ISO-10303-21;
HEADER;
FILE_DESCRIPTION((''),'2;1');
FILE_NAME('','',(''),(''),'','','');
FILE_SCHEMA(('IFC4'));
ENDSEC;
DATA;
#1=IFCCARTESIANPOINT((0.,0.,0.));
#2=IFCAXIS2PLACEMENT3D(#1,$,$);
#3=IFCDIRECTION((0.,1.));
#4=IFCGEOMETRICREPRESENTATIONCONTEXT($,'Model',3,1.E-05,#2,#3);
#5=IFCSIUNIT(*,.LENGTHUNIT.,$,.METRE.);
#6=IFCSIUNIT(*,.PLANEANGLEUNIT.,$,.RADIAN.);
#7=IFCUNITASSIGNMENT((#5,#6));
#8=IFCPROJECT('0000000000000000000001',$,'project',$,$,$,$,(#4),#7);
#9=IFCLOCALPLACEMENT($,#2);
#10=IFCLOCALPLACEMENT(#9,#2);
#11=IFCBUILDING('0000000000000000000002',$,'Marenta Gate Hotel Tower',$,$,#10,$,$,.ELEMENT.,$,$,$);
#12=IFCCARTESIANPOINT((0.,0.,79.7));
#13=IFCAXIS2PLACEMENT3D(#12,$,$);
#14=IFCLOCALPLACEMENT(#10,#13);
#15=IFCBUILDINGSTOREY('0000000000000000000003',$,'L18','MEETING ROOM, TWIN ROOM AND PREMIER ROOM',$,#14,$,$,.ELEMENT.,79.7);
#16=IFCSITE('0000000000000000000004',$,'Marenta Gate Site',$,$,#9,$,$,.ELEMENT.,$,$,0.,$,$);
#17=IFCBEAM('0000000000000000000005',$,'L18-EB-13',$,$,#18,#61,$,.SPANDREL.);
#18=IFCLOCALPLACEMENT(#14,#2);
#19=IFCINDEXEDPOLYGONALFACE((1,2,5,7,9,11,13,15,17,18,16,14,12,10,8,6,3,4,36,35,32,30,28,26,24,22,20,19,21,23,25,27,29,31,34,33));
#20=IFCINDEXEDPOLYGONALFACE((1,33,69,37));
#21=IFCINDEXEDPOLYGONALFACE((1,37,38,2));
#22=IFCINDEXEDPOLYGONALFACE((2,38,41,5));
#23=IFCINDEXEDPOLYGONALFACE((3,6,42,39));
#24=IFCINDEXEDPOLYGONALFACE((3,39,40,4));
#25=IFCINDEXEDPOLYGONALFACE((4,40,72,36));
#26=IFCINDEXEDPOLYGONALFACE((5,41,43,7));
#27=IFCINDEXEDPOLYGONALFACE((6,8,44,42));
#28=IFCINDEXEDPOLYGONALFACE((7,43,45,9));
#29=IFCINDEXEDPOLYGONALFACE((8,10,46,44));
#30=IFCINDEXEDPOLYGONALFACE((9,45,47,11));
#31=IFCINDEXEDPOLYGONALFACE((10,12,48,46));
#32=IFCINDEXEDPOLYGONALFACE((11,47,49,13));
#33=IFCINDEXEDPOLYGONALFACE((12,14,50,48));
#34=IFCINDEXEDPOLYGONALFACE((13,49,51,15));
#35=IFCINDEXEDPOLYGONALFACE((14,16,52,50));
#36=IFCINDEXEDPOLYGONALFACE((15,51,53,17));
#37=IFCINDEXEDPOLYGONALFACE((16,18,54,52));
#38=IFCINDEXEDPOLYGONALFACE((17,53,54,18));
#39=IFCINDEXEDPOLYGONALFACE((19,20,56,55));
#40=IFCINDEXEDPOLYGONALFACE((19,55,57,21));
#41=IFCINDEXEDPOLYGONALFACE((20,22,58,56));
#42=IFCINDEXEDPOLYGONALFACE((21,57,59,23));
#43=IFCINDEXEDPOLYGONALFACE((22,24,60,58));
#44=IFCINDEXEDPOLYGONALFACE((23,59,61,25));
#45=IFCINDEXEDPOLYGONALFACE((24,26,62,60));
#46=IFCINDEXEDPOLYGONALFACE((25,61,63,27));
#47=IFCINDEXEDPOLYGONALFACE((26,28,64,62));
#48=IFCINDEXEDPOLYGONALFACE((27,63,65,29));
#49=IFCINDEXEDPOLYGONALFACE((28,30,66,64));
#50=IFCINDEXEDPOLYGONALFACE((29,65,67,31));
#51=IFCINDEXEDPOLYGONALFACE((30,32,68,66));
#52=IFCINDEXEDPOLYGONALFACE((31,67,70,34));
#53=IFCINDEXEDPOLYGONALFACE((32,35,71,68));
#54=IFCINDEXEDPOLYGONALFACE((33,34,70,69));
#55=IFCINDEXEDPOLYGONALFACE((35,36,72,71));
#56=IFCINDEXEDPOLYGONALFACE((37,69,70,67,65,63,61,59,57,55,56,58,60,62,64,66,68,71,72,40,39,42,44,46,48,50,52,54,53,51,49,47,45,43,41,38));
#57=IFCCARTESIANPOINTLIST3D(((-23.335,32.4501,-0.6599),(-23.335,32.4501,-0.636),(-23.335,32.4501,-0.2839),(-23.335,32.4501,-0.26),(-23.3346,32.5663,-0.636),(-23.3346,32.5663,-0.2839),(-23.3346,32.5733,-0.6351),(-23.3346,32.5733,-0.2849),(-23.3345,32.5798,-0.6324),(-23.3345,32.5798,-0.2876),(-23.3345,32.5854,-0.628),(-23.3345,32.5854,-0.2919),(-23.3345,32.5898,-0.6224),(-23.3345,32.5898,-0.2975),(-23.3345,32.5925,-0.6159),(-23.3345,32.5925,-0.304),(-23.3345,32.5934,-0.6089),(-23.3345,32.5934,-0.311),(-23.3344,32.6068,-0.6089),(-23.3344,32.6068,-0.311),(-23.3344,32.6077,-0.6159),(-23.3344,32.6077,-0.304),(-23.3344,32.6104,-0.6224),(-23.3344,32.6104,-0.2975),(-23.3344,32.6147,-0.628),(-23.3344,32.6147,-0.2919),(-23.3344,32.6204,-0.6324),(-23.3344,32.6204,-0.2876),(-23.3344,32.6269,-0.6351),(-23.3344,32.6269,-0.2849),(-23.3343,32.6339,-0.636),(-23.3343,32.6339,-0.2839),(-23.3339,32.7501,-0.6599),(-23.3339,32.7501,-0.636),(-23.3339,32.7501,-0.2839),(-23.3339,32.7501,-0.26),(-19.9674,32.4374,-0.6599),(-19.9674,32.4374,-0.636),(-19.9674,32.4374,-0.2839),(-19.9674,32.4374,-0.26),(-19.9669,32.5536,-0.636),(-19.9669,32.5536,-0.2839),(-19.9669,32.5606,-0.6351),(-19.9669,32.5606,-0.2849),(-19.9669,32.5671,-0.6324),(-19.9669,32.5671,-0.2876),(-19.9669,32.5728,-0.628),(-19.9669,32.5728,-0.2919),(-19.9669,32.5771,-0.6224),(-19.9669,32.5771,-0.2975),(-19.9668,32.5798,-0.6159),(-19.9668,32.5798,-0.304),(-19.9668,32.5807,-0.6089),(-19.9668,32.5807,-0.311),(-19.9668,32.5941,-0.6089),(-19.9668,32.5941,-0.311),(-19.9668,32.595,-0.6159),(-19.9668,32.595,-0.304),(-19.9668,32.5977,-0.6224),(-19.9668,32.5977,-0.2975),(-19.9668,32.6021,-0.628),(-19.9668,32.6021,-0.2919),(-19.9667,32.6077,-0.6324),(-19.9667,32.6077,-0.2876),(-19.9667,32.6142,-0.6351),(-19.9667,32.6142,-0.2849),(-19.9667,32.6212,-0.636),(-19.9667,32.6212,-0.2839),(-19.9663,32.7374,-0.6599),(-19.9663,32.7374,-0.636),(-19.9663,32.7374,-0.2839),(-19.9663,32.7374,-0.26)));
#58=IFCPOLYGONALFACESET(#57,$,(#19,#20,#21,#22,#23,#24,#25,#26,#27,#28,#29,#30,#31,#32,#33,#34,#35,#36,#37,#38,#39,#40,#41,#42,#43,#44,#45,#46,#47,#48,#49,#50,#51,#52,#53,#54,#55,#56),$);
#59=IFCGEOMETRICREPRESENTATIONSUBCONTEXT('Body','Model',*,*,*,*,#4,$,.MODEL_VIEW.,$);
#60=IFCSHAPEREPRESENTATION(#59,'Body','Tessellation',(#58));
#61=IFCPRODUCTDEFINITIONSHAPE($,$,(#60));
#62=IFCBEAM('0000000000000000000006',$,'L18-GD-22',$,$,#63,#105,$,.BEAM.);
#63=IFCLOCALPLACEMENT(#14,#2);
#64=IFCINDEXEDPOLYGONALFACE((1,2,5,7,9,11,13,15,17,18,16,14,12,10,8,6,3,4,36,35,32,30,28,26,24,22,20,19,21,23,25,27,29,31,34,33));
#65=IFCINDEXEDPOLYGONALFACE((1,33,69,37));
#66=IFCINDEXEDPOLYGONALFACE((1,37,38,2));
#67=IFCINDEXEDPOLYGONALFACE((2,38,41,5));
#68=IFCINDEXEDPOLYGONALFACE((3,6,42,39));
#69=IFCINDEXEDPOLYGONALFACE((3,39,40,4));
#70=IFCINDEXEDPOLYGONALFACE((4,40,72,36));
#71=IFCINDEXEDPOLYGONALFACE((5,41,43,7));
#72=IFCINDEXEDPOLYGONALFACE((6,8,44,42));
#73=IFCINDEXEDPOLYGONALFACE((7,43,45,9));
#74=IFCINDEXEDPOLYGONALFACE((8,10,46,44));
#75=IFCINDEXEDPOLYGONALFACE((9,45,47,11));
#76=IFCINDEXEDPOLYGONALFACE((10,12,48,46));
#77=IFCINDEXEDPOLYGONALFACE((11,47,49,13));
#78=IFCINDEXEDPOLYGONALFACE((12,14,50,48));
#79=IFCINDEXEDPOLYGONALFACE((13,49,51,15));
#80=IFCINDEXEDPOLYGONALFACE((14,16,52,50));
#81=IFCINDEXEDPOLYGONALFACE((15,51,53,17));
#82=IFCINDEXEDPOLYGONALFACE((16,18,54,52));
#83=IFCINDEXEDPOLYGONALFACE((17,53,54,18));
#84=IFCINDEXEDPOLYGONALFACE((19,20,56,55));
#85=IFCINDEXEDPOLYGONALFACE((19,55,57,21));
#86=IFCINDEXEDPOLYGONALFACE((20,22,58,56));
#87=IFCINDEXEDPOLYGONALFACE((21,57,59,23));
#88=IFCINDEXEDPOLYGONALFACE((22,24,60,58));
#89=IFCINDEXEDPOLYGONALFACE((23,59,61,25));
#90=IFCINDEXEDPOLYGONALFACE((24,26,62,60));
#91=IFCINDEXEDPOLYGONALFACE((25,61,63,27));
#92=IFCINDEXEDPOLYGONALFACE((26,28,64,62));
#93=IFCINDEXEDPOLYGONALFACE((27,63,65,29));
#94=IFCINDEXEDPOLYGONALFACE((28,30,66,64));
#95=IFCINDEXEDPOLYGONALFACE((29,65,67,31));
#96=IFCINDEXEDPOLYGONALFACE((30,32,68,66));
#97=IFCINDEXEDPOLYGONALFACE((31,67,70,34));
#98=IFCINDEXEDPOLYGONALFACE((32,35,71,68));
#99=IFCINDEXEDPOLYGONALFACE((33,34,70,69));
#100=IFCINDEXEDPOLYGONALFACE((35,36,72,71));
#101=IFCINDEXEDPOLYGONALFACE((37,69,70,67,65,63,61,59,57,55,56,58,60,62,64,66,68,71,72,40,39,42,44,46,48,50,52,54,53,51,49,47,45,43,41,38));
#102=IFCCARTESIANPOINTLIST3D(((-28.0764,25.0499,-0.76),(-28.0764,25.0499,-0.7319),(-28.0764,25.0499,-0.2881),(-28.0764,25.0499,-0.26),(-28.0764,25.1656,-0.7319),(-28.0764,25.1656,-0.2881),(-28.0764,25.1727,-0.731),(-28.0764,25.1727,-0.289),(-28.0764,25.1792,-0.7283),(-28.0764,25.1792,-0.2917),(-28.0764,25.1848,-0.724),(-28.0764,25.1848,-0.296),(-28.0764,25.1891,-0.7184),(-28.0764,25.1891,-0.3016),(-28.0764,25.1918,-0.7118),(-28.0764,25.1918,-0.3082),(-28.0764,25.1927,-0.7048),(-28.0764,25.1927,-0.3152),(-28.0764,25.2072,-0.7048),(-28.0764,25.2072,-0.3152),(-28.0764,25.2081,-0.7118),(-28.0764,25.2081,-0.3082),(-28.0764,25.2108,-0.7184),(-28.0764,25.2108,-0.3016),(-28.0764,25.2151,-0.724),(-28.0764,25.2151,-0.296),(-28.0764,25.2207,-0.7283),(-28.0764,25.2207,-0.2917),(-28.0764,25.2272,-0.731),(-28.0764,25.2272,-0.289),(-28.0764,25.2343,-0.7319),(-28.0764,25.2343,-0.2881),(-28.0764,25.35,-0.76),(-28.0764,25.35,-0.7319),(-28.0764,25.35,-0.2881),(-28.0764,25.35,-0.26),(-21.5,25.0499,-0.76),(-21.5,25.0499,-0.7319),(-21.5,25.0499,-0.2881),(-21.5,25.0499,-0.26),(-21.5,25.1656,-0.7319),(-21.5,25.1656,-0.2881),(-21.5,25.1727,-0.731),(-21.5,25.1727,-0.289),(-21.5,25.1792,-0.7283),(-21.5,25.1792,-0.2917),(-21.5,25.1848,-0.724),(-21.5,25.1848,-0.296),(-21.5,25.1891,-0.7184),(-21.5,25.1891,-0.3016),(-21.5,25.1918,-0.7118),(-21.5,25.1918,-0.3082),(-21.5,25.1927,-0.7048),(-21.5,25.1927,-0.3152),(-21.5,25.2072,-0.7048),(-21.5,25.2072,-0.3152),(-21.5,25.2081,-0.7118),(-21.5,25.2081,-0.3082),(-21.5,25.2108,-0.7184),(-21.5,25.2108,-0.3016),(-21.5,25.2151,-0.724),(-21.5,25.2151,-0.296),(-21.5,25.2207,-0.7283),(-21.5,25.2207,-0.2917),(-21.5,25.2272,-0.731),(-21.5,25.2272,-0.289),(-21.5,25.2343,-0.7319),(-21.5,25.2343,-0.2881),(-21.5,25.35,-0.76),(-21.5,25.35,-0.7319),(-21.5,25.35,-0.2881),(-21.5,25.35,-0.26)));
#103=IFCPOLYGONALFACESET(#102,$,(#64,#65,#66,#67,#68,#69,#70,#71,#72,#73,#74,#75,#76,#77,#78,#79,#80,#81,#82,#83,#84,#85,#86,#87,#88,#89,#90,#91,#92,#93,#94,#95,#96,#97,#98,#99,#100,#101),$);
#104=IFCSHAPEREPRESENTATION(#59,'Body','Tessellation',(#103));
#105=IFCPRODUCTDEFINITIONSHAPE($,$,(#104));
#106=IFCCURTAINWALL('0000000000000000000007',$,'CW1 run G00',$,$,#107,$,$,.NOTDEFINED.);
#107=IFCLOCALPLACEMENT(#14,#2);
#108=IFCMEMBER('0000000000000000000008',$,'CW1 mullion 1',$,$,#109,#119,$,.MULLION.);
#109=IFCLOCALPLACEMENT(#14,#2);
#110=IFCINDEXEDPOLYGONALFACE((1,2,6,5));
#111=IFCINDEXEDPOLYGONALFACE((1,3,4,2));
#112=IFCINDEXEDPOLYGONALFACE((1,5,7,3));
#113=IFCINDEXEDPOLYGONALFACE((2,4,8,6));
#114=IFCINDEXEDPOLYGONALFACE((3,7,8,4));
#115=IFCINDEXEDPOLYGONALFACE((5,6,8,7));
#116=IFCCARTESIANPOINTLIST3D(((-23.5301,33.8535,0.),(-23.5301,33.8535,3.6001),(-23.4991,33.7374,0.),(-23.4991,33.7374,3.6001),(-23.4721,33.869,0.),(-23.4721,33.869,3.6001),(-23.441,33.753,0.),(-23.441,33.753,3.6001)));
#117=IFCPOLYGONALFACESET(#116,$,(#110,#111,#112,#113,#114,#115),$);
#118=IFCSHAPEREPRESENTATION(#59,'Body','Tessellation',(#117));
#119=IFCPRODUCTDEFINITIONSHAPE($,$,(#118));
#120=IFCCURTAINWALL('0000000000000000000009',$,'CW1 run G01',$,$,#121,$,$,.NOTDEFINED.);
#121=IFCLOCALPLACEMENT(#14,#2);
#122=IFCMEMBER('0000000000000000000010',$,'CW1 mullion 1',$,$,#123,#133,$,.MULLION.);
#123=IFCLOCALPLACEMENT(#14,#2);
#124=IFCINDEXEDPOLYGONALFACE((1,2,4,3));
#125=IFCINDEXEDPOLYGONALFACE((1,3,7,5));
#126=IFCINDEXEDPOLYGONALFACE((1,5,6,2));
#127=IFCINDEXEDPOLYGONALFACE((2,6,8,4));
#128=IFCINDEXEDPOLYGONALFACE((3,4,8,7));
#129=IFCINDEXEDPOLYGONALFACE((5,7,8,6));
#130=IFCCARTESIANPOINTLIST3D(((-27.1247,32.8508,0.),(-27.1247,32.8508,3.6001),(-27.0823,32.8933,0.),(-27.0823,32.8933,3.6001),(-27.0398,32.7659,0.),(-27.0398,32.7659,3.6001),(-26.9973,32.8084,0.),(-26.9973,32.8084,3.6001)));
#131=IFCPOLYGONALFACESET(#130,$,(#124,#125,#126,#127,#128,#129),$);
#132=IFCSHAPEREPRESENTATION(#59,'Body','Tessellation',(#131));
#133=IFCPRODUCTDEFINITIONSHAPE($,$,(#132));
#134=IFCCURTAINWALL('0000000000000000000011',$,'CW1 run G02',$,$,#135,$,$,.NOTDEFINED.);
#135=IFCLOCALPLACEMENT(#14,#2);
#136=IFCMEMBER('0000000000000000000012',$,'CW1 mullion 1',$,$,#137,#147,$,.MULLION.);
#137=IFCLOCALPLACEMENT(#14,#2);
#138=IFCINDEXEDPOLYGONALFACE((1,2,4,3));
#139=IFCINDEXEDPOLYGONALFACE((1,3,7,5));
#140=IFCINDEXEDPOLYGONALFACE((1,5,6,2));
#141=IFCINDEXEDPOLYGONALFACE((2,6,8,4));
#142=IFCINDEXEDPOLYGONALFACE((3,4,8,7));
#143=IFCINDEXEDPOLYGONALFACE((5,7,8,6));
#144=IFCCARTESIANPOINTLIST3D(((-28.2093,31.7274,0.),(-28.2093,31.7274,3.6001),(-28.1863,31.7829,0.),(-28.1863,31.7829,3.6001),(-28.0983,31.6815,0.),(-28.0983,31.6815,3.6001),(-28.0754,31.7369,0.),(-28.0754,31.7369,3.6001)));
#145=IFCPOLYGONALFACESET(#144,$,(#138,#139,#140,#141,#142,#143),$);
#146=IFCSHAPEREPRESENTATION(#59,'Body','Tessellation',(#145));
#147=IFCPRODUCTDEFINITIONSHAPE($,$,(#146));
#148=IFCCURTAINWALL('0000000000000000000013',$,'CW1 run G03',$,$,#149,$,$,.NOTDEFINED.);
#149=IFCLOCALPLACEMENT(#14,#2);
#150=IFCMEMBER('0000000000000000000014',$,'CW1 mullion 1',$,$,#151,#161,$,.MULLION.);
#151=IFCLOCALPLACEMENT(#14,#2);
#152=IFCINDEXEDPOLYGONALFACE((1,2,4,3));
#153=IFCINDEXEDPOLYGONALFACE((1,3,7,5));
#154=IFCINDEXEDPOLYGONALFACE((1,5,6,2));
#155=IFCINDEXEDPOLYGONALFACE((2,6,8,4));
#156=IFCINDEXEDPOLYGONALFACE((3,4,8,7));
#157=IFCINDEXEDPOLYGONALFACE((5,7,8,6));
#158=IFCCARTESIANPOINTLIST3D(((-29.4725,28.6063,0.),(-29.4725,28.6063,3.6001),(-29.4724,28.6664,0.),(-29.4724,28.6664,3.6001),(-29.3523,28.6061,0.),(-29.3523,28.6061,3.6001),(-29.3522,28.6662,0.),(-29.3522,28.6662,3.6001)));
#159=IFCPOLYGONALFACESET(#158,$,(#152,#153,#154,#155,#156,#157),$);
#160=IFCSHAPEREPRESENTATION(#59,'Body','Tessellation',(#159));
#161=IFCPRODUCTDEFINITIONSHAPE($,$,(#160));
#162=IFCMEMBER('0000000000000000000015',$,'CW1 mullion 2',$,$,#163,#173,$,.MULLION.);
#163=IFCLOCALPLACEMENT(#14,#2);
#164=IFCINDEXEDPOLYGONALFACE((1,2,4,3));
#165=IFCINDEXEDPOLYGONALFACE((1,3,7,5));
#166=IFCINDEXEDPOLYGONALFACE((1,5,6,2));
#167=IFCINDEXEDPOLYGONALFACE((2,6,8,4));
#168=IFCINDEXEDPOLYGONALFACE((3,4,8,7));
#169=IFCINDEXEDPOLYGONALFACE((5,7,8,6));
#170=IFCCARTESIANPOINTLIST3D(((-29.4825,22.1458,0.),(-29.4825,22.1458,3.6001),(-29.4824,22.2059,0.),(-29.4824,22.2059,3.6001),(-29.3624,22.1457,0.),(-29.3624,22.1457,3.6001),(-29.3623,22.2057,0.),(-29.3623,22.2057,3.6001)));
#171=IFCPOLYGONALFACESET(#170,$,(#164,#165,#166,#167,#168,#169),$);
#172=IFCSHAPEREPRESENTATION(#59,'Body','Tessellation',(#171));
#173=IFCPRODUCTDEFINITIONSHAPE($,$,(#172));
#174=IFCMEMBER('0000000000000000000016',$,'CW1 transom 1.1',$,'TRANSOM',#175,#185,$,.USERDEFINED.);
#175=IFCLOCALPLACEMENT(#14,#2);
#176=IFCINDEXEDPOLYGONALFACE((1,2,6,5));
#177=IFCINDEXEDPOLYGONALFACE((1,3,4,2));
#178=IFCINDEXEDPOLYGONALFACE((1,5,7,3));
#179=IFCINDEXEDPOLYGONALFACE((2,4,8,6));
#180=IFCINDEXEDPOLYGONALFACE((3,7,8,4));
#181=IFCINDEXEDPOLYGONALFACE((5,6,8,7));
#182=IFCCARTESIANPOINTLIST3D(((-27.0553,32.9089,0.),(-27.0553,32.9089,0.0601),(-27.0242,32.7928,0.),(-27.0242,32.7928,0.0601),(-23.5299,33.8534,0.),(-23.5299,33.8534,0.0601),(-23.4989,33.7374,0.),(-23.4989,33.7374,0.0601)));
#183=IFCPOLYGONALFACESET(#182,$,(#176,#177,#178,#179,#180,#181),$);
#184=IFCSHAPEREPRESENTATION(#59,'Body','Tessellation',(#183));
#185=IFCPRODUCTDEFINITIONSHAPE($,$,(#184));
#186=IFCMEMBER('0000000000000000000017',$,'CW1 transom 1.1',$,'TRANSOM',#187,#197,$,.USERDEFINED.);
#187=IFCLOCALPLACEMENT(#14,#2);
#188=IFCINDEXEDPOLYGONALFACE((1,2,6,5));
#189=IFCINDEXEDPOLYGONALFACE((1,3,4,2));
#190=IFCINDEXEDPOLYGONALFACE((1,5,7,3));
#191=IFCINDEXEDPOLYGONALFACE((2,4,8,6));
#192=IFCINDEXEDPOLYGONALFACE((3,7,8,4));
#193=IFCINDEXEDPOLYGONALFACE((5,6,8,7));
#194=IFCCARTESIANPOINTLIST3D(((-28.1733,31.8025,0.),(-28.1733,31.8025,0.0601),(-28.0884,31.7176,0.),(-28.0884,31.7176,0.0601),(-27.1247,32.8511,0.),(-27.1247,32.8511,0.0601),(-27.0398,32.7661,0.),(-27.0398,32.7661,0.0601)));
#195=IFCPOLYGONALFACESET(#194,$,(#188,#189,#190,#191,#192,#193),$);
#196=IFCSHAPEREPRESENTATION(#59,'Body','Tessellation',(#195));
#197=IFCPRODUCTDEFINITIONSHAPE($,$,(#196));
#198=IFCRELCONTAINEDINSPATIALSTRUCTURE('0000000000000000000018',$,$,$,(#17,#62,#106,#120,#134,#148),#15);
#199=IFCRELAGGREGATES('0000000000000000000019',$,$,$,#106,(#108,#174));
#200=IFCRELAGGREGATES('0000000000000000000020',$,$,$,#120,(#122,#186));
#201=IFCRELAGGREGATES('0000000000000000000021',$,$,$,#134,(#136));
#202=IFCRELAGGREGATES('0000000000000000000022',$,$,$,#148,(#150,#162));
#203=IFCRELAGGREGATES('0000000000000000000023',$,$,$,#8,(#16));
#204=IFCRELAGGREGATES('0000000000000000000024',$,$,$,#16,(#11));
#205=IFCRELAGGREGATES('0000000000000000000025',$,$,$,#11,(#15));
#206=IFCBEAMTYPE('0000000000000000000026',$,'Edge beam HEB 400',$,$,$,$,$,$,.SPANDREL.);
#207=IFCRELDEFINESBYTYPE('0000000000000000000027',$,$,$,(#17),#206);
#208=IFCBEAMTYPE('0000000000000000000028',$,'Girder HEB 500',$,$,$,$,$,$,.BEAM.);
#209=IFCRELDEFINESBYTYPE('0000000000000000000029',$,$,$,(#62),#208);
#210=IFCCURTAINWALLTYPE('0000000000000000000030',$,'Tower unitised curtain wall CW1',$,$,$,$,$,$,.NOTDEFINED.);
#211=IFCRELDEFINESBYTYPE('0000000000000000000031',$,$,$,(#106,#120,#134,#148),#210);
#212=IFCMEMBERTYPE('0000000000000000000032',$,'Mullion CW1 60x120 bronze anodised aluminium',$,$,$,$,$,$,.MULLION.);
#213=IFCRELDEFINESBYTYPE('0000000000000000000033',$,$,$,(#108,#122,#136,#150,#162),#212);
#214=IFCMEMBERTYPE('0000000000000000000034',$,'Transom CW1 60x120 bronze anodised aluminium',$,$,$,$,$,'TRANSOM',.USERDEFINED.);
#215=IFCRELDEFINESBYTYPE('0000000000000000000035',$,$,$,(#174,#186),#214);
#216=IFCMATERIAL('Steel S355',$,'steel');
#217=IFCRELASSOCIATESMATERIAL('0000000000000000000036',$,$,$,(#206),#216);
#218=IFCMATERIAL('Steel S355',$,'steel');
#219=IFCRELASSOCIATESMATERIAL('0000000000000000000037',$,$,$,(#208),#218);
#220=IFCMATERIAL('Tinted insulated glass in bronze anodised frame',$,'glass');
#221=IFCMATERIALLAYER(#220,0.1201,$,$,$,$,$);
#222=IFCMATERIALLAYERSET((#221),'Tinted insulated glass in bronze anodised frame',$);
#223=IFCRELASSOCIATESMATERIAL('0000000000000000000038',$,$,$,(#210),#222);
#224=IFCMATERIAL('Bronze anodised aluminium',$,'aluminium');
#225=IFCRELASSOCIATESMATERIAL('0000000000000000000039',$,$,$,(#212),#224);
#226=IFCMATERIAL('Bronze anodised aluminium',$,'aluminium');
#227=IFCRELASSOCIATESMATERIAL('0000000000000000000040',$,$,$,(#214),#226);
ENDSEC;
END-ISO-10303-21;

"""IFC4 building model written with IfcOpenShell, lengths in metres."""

from ifc_helpers import new_model, si_unit, direction, frame, origin, origin_2d, place, context, subcontext, project, spatial, rectangle, i_section, extrude, material, layer, layer_set, material_profile, profile_set, type_object, element, aggregate, save


model = new_model("IFC4")

# Units and contexts
model_context = context("Model", 3, precision=1e-05, world=origin(), true_north=direction((0.0, 1.0)))
body_context = subcontext(model_context, "Body", "Model", "MODEL_VIEW")
ifc_project = project(units=[si_unit("LENGTHUNIT", "METRE"), si_unit("PLANEANGLEUNIT", "RADIAN")], contexts=[model_context])

# Site, building, storey
site_placement = place(None, origin())
site = spatial("IfcSite", under=ifc_project, at=site_placement, Name="Marenta Gate Site", CompositionType="ELEMENT", RefElevation=0.0)
building_placement = place(site_placement, origin())
building = spatial("IfcBuilding", under=site, at=building_placement, Name="Marenta Gate Hotel Tower", CompositionType="ELEMENT")
storey_placement = place(building_placement, frame((0.0, 0.0, 79.7)))
storey = spatial("IfcBuildingStorey", under=building, at=storey_placement, Name="L18", Description="MEETING ROOM, TWIN ROOM AND PREMIER ROOM", CompositionType="ELEMENT", Elevation=79.7)

# Beams
ifc_material_1 = material(Name="Steel S355", Category="steel")
ifc_material_profile_1 = material_profile(ifc_material_1, i_section(OverallWidth=0.3, OverallDepth=0.3999, WebThickness=0.0134, FlangeThickness=0.0239, FilletRadius=0.0271, at=origin_2d()), Name="HEB 400")
ifc_profile_set_1 = profile_set([ifc_material_profile_1], Name="Steel S355")
beam_type_1 = type_object("IfcBeamType", Name="Edge beam HEB 400", PredefinedType="SPANDREL", material=ifc_profile_set_1)
beam_1_placement = place(storey_placement, frame((-23.3345, 32.6001, -0.46), z_axis=(0.999993, -0.00377, 0.0), x_axis=(0.00377, 0.999993, 0.0)))
element("IfcBeam", 1, at=beam_1_placement, inside=storey, type_object=beam_type_1, Name="L18-EB-13", PredefinedType="SPANDREL", context=body_context, shape_type="SweptSolid", body=[
    extrude(i_section(OverallWidth=0.3, OverallDepth=0.3999, WebThickness=0.0134, FlangeThickness=0.0239, FilletRadius=0.0271, at=origin_2d()), origin(), (0.0, 0.0, 1.0), 3.3677),
])
ifc_material_2 = material(Name="Steel S355", Category="steel")
ifc_material_profile_2 = material_profile(ifc_material_2, i_section(OverallWidth=0.3, OverallDepth=0.5, WebThickness=0.0144, FlangeThickness=0.0281, FilletRadius=0.0271, at=origin_2d()), Name="HEB 500")
ifc_profile_set_2 = profile_set([ifc_material_profile_2], Name="Steel S355")
beam_type_2 = type_object("IfcBeamType", Name="Girder HEB 500", PredefinedType="BEAM", material=ifc_profile_set_2)
beam_2_placement = place(storey_placement, frame((-28.0764, 25.2, -0.51), z_axis=(1.0, 0.0, 0.0), x_axis=(0.0, 1.0, 0.0)))
element("IfcBeam", 2, at=beam_2_placement, inside=storey, type_object=beam_type_2, Name="L18-GD-22", PredefinedType="BEAM", context=body_context, shape_type="SweptSolid", body=[
    extrude(i_section(OverallWidth=0.3, OverallDepth=0.5, WebThickness=0.0144, FlangeThickness=0.0281, FilletRadius=0.0271, at=origin_2d()), origin(), (0.0, 0.0, 1.0), 6.5764),
])

# Curtain walls, members
ifc_material_3 = material(Name="Tinted insulated glass in bronze anodised frame", Category="glass")
ifc_layer_1 = layer(ifc_material_3, 0.1201)
ifc_layer_set_1 = layer_set([ifc_layer_1], Name="Tinted insulated glass in bronze anodised frame")
curtain_wall_type = type_object("IfcCurtainWallType", Name="Tower unitised curtain wall CW1", PredefinedType="NOTDEFINED", material=ifc_layer_set_1)
curtain_wall_1_placement = place(storey_placement, origin())
curtain_wall_1 = element("IfcCurtainWall", 3, at=curtain_wall_1_placement, inside=storey, type_object=curtain_wall_type, Name="CW1 run G00", PredefinedType="NOTDEFINED")
ifc_material_4 = material(Name="Bronze anodised aluminium", Category="aluminium")
ifc_material_profile_3 = material_profile(ifc_material_4, rectangle(XDim=0.1201, YDim=0.0601, at=origin_2d()), Name="Mullion CW1 60x120 bronze anodised aluminium")
ifc_profile_set_3 = profile_set([ifc_material_profile_3], Name="Bronze anodised aluminium")
member_type_1 = type_object("IfcMemberType", Name="Mullion CW1 60x120 bronze anodised aluminium", PredefinedType="MULLION", material=ifc_profile_set_3)
member_1_placement = place(storey_placement, frame((-23.4856, 33.8032, 0.0), z_axis=(0.0, 0.0, 1.0), x_axis=(0.258802, -0.96593, 0.0)))
member_1 = element("IfcMember", 4, at=member_1_placement, type_object=member_type_1, Name="CW1 mullion 1", PredefinedType="MULLION", context=body_context, shape_type="SweptSolid", body=[
    extrude(rectangle(XDim=0.1201, YDim=0.0601, at=origin_2d()), origin(), (0.0, 0.0, 1.0), 3.6001),
])
curtain_wall_2_placement = place(storey_placement, origin())
curtain_wall_2 = element("IfcCurtainWall", 5, at=curtain_wall_2_placement, inside=storey, type_object=curtain_wall_type, Name="CW1 run G01", PredefinedType="NOTDEFINED")
member_2_placement = place(storey_placement, frame((-27.061, 32.8296, 0.0), z_axis=(0.0, 0.0, 1.0), x_axis=(0.707107, -0.707107, 0.0)))
member_2 = element("IfcMember", 6, at=member_2_placement, type_object=member_type_1, Name="CW1 mullion 1", PredefinedType="MULLION", context=body_context, shape_type="SweptSolid", body=[
    extrude(rectangle(XDim=0.1201, YDim=0.0601, at=origin_2d()), origin(), (0.0, 0.0, 1.0), 3.6001),
])
curtain_wall_3_placement = place(storey_placement, origin())
curtain_wall_3 = element("IfcCurtainWall", 7, at=curtain_wall_3_placement, inside=storey, type_object=curtain_wall_type, Name="CW1 run G02", PredefinedType="NOTDEFINED")
member_3_placement = place(storey_placement, frame((-28.1423, 31.7322, 0.0), z_axis=(0.0, 0.0, 1.0), x_axis=(0.923885, -0.38267, 0.0)))
member_3 = element("IfcMember", 8, at=member_3_placement, type_object=member_type_1, Name="CW1 mullion 1", PredefinedType="MULLION", context=body_context, shape_type="SweptSolid", body=[
    extrude(rectangle(XDim=0.1201, YDim=0.0601, at=origin_2d()), origin(), (0.0, 0.0, 1.0), 3.6001),
])

# Curtain wall, members
curtain_wall_4_placement = place(storey_placement, origin())
curtain_wall_4 = element("IfcCurtainWall", 9, at=curtain_wall_4_placement, inside=storey, type_object=curtain_wall_type, Name="CW1 run G03", PredefinedType="NOTDEFINED")
member_4_placement = place(storey_placement, frame((-29.4124, 28.6362, 0.0), z_axis=(0.0, 0.0, 1.0), x_axis=(0.999999, -0.001566, 0.0)))
member_4 = element("IfcMember", 10, at=member_4_placement, type_object=member_type_1, Name="CW1 mullion 1", PredefinedType="MULLION", context=body_context, shape_type="SweptSolid", body=[
    extrude(rectangle(XDim=0.1201, YDim=0.0601, at=origin_2d()), origin(), (0.0, 0.0, 1.0), 3.6001),
])
member_5_placement = place(storey_placement, frame((-29.4224, 22.1758, 0.0), z_axis=(0.0, 0.0, 1.0), x_axis=(0.999999, -0.001566, 0.0)))
member_5 = element("IfcMember", 11, at=member_5_placement, type_object=member_type_1, Name="CW1 mullion 2", PredefinedType="MULLION", context=body_context, shape_type="SweptSolid", body=[
    extrude(rectangle(XDim=0.1201, YDim=0.0601, at=origin_2d()), origin(), (0.0, 0.0, 1.0), 3.6001),
])

# Members
ifc_material_5 = material(Name="Bronze anodised aluminium", Category="aluminium")
ifc_material_profile_4 = material_profile(ifc_material_5, rectangle(XDim=0.1201, YDim=0.0601, at=origin_2d()), Name="Transom CW1 60x120 bronze anodised aluminium")
ifc_profile_set_4 = profile_set([ifc_material_profile_4], Name="Bronze anodised aluminium")
member_type_2 = type_object("IfcMemberType", Name="Transom CW1 60x120 bronze anodised aluminium", ElementType="TRANSOM", PredefinedType="USERDEFINED", material=ifc_profile_set_4)
member_6_placement = place(storey_placement, frame((-23.5144, 33.7954, 0.03), z_axis=(-0.965929, -0.258807, 0.0), x_axis=(0.258807, -0.965929, 0.0)))
member_6 = element("IfcMember", 12, at=member_6_placement, type_object=member_type_2, Name="CW1 transom 1.1", ObjectType="TRANSOM", PredefinedType="USERDEFINED", context=body_context, shape_type="SweptSolid", body=[
    extrude(rectangle(XDim=0.1201, YDim=0.0601, at=origin_2d()), origin(), (0.0, 0.0, 1.0), 3.6497),
])
member_7_placement = place(storey_placement, frame((-27.0823, 32.8086, 0.03), z_axis=(-0.707107, -0.707107, 0.0), x_axis=(0.707107, -0.707107, 0.0)))
member_7 = element("IfcMember", 13, at=member_7_placement, type_object=member_type_2, Name="CW1 transom 1.1", ObjectType="TRANSOM", PredefinedType="USERDEFINED", context=body_context, shape_type="SweptSolid", body=[
    extrude(rectangle(XDim=0.1201, YDim=0.0601, at=origin_2d()), origin(), (0.0, 0.0, 1.0), 1.4829),
])

aggregate(curtain_wall_1, [member_1, member_6])
aggregate(curtain_wall_2, [member_2, member_7])
aggregate(curtain_wall_3, [member_3])
aggregate(curtain_wall_4, [member_4, member_5])

save(model, "model.ifc")
